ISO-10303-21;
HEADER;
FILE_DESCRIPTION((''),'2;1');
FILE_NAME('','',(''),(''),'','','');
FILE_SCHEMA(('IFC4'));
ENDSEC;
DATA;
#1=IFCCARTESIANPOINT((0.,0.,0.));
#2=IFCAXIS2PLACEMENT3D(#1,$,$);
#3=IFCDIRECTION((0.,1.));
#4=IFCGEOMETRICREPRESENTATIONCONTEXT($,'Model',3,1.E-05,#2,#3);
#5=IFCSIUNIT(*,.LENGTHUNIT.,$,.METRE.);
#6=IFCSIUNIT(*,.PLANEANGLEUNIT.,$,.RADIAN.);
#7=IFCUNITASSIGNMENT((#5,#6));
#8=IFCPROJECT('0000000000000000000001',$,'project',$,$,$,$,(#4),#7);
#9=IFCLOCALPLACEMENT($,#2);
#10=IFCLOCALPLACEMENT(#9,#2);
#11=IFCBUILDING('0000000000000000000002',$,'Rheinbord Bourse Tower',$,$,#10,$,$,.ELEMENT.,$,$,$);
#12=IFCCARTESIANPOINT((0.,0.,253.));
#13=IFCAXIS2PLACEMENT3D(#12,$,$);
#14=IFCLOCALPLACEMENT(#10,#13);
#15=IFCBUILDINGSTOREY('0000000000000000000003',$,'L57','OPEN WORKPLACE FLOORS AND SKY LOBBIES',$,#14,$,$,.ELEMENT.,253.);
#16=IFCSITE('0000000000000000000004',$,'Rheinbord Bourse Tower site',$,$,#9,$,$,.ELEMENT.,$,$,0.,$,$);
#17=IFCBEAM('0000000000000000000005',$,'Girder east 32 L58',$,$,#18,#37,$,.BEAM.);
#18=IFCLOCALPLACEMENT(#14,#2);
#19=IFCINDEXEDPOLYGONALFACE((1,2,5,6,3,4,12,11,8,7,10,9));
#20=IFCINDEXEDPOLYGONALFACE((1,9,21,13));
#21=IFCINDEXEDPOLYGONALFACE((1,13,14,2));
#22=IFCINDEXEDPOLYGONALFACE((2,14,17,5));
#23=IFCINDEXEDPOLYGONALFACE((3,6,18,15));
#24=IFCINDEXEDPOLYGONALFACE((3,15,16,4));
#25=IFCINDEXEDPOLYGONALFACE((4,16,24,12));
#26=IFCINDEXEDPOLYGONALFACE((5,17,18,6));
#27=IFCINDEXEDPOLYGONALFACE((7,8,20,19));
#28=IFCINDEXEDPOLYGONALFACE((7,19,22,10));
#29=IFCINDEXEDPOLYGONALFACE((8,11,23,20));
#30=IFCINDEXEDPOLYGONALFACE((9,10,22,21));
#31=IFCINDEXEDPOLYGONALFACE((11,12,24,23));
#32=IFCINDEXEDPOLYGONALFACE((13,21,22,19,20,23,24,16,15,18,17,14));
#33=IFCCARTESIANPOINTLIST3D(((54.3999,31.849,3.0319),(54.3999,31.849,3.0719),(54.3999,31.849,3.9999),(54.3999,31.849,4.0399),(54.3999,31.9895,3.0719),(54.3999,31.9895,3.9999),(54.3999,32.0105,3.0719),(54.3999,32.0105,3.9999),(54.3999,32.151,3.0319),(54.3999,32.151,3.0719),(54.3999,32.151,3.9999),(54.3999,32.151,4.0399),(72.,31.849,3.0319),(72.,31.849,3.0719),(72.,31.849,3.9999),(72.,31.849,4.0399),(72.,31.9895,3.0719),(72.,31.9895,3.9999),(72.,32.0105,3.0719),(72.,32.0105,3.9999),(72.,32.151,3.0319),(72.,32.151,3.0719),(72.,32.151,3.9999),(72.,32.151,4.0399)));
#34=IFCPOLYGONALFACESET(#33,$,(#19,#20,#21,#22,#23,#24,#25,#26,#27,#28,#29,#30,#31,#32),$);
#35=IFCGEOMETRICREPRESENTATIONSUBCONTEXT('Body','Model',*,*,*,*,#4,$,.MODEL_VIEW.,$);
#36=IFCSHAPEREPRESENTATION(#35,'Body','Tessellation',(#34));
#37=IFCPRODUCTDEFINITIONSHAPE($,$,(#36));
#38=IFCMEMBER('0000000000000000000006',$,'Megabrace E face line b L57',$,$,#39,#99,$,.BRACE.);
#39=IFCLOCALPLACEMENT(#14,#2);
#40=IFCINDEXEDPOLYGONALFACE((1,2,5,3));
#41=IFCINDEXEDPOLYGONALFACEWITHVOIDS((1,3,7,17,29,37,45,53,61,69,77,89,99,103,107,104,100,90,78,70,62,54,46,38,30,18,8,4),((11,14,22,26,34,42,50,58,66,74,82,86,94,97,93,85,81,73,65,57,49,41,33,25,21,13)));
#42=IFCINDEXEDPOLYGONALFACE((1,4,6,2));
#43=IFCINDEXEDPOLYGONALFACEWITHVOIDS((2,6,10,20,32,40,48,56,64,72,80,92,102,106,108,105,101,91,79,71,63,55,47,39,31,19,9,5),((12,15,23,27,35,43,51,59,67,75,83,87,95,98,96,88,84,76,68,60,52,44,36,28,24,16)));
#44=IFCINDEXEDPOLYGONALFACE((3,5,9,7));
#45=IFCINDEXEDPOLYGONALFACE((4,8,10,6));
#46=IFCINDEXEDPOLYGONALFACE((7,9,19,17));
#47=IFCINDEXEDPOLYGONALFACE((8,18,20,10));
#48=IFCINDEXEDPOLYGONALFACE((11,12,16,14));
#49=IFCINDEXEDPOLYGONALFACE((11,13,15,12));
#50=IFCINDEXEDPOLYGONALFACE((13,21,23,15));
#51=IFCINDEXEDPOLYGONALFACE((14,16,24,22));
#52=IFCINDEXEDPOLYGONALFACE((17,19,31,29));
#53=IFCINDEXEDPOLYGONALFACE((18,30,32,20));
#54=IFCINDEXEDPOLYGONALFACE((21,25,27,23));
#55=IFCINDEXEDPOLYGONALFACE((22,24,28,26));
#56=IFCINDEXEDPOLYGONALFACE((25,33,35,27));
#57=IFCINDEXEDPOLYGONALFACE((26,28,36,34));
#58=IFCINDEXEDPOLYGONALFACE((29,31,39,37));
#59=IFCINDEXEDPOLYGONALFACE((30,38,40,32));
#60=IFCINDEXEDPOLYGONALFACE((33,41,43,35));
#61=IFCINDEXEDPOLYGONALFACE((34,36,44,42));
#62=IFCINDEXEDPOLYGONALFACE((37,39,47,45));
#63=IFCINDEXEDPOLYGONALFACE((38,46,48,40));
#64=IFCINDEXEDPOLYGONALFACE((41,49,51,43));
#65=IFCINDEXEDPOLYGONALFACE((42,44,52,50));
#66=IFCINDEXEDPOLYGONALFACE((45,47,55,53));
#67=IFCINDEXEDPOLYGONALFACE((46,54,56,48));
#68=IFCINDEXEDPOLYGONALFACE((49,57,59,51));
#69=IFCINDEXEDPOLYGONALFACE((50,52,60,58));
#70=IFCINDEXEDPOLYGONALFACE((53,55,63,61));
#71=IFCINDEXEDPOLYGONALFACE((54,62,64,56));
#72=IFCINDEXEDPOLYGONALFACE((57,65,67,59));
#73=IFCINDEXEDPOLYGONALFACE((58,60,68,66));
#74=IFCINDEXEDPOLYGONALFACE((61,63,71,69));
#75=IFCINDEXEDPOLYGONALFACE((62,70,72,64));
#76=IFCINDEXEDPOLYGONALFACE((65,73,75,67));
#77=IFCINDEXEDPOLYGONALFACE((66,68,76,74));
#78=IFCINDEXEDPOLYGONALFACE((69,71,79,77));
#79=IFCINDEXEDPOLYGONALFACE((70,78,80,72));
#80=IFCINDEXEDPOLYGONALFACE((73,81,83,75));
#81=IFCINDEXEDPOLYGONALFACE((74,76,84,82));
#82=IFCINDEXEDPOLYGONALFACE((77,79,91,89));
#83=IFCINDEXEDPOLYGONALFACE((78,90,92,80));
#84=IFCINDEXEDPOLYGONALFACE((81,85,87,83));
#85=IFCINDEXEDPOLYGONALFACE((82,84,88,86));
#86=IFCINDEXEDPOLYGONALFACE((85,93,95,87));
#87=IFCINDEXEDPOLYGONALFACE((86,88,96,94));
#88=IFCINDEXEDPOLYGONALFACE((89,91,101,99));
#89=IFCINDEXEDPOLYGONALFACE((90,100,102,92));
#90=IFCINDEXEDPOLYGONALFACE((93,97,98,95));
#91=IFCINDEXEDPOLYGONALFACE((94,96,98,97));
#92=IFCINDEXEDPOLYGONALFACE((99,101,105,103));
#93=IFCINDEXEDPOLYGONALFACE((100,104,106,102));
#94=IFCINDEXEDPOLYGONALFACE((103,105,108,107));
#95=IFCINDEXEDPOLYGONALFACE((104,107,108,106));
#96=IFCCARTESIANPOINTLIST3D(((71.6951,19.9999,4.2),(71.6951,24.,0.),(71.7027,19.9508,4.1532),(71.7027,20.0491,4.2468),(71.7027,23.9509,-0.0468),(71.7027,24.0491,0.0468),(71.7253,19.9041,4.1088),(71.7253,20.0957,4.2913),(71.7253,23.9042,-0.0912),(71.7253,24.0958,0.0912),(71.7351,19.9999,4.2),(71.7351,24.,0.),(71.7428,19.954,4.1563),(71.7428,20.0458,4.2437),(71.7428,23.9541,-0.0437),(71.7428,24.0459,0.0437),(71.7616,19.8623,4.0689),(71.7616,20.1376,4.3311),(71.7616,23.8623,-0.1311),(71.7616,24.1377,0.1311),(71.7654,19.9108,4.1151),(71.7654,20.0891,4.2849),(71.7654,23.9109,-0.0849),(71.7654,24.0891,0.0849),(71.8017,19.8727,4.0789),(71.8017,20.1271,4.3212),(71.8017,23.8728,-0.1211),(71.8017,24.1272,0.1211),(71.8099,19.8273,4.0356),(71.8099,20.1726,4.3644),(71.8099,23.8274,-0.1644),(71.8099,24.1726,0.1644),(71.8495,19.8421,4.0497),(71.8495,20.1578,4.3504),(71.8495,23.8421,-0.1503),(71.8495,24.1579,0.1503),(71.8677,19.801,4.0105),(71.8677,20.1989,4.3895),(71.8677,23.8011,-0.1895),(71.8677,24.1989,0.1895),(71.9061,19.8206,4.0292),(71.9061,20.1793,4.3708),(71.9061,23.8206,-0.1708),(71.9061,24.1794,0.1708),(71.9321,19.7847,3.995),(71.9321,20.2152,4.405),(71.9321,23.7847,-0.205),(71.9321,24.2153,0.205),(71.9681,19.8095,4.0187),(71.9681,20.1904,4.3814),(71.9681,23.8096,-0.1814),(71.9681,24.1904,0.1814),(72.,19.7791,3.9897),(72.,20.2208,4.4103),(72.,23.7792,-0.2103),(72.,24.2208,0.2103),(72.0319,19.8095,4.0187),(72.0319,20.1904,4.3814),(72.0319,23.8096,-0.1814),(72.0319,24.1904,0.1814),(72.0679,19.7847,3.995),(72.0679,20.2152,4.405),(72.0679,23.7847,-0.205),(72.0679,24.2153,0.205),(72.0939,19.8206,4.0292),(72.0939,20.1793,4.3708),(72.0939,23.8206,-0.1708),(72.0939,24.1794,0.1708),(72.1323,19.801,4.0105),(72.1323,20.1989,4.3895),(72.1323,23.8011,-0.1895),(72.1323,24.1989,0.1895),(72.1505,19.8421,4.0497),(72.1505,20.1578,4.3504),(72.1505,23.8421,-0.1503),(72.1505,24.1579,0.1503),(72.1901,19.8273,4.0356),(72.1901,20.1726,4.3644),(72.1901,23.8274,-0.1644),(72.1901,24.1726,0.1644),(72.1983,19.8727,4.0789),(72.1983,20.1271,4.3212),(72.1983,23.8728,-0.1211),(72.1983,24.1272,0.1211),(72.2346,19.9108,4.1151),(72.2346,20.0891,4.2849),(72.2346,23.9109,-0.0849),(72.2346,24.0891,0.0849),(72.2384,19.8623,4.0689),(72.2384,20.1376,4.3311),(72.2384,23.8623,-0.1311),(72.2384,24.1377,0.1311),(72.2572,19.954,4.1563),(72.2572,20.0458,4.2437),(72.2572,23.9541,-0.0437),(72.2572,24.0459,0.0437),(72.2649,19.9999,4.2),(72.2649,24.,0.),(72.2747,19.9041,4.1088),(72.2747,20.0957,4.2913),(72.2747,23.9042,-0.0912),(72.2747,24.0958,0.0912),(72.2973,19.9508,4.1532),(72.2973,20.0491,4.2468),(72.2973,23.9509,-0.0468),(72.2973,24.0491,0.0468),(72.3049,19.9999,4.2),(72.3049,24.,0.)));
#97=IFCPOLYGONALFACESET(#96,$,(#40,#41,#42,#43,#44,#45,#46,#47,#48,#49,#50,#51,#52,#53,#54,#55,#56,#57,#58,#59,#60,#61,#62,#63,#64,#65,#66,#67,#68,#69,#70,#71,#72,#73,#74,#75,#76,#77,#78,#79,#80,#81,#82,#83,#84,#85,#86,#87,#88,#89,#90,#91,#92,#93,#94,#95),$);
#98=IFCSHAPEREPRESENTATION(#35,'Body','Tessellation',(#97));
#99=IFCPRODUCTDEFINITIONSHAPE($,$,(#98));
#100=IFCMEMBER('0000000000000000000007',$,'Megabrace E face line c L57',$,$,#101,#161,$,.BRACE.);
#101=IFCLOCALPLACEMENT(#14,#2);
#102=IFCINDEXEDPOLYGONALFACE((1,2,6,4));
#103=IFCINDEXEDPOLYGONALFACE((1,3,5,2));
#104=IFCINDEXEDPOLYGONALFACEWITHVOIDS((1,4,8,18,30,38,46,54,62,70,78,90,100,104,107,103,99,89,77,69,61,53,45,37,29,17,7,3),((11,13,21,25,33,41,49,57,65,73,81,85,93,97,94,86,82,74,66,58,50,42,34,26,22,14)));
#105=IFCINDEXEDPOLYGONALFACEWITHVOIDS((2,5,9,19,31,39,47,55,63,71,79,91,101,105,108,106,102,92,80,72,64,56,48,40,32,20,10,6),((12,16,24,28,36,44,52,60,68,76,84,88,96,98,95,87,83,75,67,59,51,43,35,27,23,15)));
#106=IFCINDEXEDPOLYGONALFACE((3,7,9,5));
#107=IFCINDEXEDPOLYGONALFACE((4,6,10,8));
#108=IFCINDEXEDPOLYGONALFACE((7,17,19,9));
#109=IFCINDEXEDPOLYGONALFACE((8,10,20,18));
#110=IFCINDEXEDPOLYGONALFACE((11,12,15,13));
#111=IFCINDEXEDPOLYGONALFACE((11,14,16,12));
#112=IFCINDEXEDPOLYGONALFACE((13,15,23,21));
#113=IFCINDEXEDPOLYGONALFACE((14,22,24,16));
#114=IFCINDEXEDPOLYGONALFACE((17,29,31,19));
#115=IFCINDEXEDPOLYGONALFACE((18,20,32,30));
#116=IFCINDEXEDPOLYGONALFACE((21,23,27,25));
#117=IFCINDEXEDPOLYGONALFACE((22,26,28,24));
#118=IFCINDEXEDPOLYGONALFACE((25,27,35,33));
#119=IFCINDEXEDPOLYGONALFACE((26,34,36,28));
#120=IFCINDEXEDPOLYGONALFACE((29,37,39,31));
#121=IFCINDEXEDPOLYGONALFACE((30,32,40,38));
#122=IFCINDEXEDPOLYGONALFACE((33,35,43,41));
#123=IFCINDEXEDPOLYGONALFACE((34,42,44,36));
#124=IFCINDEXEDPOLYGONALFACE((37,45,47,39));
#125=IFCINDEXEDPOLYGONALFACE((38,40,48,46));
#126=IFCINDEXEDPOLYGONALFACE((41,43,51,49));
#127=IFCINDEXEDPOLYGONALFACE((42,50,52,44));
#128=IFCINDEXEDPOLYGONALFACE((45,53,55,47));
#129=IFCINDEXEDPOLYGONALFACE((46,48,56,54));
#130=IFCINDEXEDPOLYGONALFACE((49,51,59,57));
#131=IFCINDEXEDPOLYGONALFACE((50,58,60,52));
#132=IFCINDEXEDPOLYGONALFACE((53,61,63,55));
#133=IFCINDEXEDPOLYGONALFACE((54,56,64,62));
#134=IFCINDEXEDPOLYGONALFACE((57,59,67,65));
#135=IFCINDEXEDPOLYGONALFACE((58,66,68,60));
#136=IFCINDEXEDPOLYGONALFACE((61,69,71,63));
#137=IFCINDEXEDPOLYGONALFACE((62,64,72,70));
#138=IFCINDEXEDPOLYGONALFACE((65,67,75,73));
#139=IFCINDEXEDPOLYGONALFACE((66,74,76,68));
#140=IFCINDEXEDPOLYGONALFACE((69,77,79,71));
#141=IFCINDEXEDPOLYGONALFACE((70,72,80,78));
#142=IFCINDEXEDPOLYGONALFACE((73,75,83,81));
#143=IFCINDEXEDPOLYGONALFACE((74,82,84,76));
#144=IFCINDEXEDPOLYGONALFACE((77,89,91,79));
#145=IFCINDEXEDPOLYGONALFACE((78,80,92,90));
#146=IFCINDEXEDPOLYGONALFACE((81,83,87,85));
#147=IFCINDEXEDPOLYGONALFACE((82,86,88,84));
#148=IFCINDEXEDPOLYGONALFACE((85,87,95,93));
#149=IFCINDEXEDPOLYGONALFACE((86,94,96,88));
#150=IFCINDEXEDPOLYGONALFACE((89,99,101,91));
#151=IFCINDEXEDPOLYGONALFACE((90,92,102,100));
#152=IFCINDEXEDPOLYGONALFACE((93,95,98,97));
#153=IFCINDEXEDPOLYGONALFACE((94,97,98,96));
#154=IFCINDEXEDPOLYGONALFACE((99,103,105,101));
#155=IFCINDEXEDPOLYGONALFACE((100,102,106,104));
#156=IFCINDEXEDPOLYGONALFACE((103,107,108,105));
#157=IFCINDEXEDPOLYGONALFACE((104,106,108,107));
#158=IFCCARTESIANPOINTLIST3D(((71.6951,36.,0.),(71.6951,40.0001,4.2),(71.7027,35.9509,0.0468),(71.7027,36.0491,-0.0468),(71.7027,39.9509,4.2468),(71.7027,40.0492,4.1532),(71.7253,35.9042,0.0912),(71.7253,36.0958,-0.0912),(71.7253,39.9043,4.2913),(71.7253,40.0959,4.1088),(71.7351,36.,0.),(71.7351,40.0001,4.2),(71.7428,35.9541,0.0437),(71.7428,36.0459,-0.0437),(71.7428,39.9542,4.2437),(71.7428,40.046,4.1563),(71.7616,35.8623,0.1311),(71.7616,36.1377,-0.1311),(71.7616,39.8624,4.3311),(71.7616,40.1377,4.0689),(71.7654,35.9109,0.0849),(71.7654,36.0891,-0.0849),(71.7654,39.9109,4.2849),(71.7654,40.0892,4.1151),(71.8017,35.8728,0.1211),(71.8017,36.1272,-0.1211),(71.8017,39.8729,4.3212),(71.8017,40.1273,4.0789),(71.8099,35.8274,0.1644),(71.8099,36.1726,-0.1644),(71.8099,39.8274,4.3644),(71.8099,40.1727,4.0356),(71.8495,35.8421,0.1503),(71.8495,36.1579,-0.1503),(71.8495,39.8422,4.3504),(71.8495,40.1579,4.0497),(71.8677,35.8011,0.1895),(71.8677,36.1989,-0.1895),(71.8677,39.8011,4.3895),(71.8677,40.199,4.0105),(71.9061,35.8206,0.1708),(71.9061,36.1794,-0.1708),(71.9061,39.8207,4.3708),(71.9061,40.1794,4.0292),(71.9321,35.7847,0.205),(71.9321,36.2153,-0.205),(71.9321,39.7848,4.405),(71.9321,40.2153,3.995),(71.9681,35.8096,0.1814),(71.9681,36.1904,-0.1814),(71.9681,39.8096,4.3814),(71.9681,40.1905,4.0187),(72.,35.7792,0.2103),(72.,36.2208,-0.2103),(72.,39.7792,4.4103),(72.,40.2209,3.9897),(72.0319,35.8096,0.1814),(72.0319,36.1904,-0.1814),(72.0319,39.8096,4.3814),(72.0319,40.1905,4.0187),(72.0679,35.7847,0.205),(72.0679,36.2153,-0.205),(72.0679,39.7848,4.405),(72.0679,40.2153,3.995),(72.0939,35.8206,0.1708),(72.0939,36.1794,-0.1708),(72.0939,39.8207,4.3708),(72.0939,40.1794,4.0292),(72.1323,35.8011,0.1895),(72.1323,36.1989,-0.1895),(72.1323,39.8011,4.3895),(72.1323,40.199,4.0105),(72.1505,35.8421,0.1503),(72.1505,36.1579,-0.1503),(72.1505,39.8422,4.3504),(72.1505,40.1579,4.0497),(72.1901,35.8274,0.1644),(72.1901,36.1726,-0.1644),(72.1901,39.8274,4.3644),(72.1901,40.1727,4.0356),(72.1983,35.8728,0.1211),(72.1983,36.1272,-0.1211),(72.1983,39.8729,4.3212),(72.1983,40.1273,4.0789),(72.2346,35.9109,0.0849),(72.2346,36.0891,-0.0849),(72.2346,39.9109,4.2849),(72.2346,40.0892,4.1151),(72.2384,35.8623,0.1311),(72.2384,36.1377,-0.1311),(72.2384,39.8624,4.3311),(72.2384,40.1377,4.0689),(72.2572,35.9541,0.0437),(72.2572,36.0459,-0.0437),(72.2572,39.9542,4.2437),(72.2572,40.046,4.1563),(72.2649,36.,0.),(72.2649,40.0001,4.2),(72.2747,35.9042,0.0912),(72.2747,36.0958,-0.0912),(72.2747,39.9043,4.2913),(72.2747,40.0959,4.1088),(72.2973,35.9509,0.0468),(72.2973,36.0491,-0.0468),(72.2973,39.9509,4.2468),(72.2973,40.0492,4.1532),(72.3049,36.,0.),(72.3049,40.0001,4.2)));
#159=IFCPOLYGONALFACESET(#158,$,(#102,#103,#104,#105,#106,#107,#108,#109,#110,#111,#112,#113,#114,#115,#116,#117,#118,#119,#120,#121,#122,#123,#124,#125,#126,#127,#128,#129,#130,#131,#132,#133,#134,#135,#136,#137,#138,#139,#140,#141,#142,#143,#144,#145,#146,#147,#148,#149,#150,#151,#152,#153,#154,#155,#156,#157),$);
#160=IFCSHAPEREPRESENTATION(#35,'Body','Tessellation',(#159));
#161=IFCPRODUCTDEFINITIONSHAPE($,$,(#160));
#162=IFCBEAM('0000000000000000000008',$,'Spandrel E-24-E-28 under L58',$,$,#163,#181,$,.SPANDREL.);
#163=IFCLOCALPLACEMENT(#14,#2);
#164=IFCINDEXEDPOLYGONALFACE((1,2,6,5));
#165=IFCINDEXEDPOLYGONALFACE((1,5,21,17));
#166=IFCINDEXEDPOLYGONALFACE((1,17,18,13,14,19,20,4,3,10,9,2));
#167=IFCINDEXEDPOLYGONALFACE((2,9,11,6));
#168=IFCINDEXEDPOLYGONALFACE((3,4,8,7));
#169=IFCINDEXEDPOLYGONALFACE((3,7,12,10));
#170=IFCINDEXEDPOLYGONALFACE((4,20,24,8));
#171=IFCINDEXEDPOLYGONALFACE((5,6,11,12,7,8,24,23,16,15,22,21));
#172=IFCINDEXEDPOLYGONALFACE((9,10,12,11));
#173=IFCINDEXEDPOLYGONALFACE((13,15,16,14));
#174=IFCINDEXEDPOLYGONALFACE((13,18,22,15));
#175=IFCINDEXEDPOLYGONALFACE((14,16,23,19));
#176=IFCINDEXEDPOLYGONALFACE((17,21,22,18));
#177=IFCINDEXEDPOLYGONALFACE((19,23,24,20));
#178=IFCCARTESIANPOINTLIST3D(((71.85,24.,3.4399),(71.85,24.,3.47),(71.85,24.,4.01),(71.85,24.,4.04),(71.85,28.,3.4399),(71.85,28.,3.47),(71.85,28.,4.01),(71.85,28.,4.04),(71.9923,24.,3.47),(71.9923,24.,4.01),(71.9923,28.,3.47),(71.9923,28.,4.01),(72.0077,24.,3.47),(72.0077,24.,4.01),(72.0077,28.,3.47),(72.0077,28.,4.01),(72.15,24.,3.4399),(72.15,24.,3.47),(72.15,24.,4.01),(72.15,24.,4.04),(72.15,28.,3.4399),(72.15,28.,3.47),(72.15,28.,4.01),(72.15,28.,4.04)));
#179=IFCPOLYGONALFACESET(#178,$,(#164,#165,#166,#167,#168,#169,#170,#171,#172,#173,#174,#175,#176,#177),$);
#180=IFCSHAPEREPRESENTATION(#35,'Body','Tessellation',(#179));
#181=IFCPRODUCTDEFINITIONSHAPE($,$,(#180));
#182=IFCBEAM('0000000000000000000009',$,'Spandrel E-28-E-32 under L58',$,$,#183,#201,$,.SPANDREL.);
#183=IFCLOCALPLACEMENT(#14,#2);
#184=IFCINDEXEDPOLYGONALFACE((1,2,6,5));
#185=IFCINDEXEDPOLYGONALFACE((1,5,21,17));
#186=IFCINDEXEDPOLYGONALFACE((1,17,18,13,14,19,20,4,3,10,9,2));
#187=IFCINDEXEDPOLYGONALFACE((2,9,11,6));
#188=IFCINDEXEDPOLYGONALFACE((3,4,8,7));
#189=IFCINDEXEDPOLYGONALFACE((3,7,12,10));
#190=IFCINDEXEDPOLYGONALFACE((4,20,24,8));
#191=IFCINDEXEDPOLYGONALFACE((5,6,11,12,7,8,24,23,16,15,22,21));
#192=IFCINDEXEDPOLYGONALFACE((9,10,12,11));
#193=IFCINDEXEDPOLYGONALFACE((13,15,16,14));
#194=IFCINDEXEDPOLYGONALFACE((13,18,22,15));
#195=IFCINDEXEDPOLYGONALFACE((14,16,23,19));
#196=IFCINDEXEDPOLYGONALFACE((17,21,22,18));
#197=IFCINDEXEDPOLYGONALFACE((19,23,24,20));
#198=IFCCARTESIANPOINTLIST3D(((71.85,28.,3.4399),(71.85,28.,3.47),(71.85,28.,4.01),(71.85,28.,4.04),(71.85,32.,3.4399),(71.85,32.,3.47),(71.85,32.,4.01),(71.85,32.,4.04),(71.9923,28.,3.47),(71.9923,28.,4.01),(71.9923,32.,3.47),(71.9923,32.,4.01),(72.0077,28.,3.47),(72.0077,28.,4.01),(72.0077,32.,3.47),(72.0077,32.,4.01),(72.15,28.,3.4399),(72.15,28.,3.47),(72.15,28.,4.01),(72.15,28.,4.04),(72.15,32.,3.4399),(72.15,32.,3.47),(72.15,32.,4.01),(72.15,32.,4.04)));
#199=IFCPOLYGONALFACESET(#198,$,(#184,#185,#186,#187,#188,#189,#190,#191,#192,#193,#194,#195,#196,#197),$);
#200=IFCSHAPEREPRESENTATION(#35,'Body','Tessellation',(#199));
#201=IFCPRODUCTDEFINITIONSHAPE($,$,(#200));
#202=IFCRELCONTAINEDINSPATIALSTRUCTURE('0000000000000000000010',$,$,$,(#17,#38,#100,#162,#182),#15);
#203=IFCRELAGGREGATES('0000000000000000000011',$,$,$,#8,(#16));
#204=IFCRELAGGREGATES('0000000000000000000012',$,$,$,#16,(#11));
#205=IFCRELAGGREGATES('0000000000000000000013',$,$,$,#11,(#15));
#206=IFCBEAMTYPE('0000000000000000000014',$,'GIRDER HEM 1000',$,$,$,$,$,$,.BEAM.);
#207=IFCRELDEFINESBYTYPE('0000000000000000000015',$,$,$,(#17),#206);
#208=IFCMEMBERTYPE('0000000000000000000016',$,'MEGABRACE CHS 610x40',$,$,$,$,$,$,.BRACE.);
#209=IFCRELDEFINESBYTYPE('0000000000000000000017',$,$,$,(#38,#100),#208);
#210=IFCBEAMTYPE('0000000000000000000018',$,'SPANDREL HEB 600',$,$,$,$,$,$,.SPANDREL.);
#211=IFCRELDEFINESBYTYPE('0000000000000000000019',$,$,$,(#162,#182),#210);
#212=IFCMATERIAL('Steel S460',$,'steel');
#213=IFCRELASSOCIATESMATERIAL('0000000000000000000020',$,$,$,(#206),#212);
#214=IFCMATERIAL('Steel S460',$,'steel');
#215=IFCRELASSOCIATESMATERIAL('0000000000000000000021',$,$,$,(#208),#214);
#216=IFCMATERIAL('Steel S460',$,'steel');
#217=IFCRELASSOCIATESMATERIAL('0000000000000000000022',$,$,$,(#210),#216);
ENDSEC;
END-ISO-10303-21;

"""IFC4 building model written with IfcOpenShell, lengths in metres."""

from ifc_helpers import new_model, si_unit, direction, frame, origin, origin_2d, place, context, subcontext, project, spatial, hollow_circle, i_section, extrude, material, material_profile, profile_set, type_object, element, save


model = new_model("IFC4")

# Units and contexts
model_context = context("Model", 3, precision=1e-05, world=origin(), true_north=direction((0.0, 1.0)))
body_context = subcontext(model_context, "Body", "Model", "MODEL_VIEW")
ifc_project = project(units=[si_unit("LENGTHUNIT", "METRE"), si_unit("PLANEANGLEUNIT", "RADIAN")], contexts=[model_context])

# Site, building, storey
site_placement = place(None, origin())
site = spatial("IfcSite", under=ifc_project, at=site_placement, Name="Rheinbord Bourse Tower site", CompositionType="ELEMENT", RefElevation=0.0)
building_placement = place(site_placement, origin())
building = spatial("IfcBuilding", under=site, at=building_placement, Name="Rheinbord Bourse Tower", CompositionType="ELEMENT")
storey_placement = place(building_placement, frame((0.0, 0.0, 253.0)))
storey = spatial("IfcBuildingStorey", under=building, at=storey_placement, Name="L57", Description="OPEN WORKPLACE FLOORS AND SKY LOBBIES", CompositionType="ELEMENT", Elevation=253.0)

# Beam
ifc_material_1 = material(Name="Steel S460", Category="steel")
ifc_material_profile_1 = material_profile(ifc_material_1, i_section(OverallWidth=0.302, OverallDepth=1.0081, WebThickness=0.021, FlangeThickness=0.04, at=origin_2d()), Name="HEM 1000")
ifc_profile_set_1 = profile_set([ifc_material_profile_1], Name="Steel S460")
beam_type_1 = type_object("IfcBeamType", Name="GIRDER HEM 1000", PredefinedType="BEAM", material=ifc_profile_set_1)
beam_1_placement = place(storey_placement, frame((54.3999, 32.0, 3.5359), z_axis=(1.0, 0.0, 0.0), x_axis=(0.0, 1.0, 0.0)))
element("IfcBeam", 1, at=beam_1_placement, inside=storey, type_object=beam_type_1, Name="Girder east 32 L58", PredefinedType="BEAM", context=body_context, shape_type="SweptSolid", body=[
    extrude(i_section(OverallWidth=0.302, OverallDepth=1.0081, WebThickness=0.021, FlangeThickness=0.04, at=origin_2d()), origin(), (0.0, 0.0, 1.0), 17.6001),
])

# Members
ifc_material_2 = material(Name="Steel S460", Category="steel")
ifc_material_profile_2 = material_profile(ifc_material_2, hollow_circle(Radius=0.3049, WallThickness=0.04, at=origin_2d()), Name="CHS 610x40")
ifc_profile_set_2 = profile_set([ifc_material_profile_2], Name="Steel S460")
member_type_1 = type_object("IfcMemberType", Name="MEGABRACE CHS 610x40", PredefinedType="BRACE", material=ifc_profile_set_2)
for number, where, z_axis, x_axis, name in (
    (2, (72.0, 24.0, 0.0), (0.0, -0.689659, 0.724134), (1.0, 0.0, 0.0), "Megabrace E face line b L57"),
    (3, (72.0, 36.0, 0.0), (0.0, 0.689659, 0.724134), (-1.0, 0.0, 0.0), "Megabrace E face line c L57"),
):
    element("IfcMember", number, at=place(storey_placement, frame(where, z_axis=z_axis, x_axis=x_axis)), inside=storey, type_object=member_type_1, Name=name, PredefinedType="BRACE", context=body_context, shape_type="SweptSolid", body=[
        extrude(hollow_circle(Radius=0.3049, WallThickness=0.04, at=origin_2d()), origin(), (0.0, 0.0, 1.0), 5.8),
    ])

# Beams
ifc_material_3 = material(Name="Steel S460", Category="steel")
ifc_material_profile_3 = material_profile(ifc_material_3, i_section(OverallWidth=0.3, OverallDepth=0.6001, WebThickness=0.0154, FlangeThickness=0.03, at=origin_2d()), Name="HEB 600")
ifc_profile_set_3 = profile_set([ifc_material_profile_3], Name="Steel S460")
beam_type_2 = type_object("IfcBeamType", Name="SPANDREL HEB 600", PredefinedType="SPANDREL", material=ifc_profile_set_3)
for number, where, z_axis, x_axis, name in (
    (4, (72.0, 24.0, 3.74), (0.0, 1.0, 0.0), (-1.0, 0.0, 0.0), "Spandrel E-24-E-28 under L58"),
    (5, (72.0, 28.0, 3.74), (0.0, 1.0, 0.0), (-1.0, 0.0, 0.0), "Spandrel E-28-E-32 under L58"),
):
    element("IfcBeam", number, at=place(storey_placement, frame(where, z_axis=z_axis, x_axis=x_axis)), inside=storey, type_object=beam_type_2, Name=name, PredefinedType="SPANDREL", context=body_context, shape_type="SweptSolid", body=[
        extrude(i_section(OverallWidth=0.3, OverallDepth=0.6001, WebThickness=0.0154, FlangeThickness=0.03, at=origin_2d()), origin(), (0.0, 0.0, 1.0), 4.0),
    ])

save(model, "model.ifc")
